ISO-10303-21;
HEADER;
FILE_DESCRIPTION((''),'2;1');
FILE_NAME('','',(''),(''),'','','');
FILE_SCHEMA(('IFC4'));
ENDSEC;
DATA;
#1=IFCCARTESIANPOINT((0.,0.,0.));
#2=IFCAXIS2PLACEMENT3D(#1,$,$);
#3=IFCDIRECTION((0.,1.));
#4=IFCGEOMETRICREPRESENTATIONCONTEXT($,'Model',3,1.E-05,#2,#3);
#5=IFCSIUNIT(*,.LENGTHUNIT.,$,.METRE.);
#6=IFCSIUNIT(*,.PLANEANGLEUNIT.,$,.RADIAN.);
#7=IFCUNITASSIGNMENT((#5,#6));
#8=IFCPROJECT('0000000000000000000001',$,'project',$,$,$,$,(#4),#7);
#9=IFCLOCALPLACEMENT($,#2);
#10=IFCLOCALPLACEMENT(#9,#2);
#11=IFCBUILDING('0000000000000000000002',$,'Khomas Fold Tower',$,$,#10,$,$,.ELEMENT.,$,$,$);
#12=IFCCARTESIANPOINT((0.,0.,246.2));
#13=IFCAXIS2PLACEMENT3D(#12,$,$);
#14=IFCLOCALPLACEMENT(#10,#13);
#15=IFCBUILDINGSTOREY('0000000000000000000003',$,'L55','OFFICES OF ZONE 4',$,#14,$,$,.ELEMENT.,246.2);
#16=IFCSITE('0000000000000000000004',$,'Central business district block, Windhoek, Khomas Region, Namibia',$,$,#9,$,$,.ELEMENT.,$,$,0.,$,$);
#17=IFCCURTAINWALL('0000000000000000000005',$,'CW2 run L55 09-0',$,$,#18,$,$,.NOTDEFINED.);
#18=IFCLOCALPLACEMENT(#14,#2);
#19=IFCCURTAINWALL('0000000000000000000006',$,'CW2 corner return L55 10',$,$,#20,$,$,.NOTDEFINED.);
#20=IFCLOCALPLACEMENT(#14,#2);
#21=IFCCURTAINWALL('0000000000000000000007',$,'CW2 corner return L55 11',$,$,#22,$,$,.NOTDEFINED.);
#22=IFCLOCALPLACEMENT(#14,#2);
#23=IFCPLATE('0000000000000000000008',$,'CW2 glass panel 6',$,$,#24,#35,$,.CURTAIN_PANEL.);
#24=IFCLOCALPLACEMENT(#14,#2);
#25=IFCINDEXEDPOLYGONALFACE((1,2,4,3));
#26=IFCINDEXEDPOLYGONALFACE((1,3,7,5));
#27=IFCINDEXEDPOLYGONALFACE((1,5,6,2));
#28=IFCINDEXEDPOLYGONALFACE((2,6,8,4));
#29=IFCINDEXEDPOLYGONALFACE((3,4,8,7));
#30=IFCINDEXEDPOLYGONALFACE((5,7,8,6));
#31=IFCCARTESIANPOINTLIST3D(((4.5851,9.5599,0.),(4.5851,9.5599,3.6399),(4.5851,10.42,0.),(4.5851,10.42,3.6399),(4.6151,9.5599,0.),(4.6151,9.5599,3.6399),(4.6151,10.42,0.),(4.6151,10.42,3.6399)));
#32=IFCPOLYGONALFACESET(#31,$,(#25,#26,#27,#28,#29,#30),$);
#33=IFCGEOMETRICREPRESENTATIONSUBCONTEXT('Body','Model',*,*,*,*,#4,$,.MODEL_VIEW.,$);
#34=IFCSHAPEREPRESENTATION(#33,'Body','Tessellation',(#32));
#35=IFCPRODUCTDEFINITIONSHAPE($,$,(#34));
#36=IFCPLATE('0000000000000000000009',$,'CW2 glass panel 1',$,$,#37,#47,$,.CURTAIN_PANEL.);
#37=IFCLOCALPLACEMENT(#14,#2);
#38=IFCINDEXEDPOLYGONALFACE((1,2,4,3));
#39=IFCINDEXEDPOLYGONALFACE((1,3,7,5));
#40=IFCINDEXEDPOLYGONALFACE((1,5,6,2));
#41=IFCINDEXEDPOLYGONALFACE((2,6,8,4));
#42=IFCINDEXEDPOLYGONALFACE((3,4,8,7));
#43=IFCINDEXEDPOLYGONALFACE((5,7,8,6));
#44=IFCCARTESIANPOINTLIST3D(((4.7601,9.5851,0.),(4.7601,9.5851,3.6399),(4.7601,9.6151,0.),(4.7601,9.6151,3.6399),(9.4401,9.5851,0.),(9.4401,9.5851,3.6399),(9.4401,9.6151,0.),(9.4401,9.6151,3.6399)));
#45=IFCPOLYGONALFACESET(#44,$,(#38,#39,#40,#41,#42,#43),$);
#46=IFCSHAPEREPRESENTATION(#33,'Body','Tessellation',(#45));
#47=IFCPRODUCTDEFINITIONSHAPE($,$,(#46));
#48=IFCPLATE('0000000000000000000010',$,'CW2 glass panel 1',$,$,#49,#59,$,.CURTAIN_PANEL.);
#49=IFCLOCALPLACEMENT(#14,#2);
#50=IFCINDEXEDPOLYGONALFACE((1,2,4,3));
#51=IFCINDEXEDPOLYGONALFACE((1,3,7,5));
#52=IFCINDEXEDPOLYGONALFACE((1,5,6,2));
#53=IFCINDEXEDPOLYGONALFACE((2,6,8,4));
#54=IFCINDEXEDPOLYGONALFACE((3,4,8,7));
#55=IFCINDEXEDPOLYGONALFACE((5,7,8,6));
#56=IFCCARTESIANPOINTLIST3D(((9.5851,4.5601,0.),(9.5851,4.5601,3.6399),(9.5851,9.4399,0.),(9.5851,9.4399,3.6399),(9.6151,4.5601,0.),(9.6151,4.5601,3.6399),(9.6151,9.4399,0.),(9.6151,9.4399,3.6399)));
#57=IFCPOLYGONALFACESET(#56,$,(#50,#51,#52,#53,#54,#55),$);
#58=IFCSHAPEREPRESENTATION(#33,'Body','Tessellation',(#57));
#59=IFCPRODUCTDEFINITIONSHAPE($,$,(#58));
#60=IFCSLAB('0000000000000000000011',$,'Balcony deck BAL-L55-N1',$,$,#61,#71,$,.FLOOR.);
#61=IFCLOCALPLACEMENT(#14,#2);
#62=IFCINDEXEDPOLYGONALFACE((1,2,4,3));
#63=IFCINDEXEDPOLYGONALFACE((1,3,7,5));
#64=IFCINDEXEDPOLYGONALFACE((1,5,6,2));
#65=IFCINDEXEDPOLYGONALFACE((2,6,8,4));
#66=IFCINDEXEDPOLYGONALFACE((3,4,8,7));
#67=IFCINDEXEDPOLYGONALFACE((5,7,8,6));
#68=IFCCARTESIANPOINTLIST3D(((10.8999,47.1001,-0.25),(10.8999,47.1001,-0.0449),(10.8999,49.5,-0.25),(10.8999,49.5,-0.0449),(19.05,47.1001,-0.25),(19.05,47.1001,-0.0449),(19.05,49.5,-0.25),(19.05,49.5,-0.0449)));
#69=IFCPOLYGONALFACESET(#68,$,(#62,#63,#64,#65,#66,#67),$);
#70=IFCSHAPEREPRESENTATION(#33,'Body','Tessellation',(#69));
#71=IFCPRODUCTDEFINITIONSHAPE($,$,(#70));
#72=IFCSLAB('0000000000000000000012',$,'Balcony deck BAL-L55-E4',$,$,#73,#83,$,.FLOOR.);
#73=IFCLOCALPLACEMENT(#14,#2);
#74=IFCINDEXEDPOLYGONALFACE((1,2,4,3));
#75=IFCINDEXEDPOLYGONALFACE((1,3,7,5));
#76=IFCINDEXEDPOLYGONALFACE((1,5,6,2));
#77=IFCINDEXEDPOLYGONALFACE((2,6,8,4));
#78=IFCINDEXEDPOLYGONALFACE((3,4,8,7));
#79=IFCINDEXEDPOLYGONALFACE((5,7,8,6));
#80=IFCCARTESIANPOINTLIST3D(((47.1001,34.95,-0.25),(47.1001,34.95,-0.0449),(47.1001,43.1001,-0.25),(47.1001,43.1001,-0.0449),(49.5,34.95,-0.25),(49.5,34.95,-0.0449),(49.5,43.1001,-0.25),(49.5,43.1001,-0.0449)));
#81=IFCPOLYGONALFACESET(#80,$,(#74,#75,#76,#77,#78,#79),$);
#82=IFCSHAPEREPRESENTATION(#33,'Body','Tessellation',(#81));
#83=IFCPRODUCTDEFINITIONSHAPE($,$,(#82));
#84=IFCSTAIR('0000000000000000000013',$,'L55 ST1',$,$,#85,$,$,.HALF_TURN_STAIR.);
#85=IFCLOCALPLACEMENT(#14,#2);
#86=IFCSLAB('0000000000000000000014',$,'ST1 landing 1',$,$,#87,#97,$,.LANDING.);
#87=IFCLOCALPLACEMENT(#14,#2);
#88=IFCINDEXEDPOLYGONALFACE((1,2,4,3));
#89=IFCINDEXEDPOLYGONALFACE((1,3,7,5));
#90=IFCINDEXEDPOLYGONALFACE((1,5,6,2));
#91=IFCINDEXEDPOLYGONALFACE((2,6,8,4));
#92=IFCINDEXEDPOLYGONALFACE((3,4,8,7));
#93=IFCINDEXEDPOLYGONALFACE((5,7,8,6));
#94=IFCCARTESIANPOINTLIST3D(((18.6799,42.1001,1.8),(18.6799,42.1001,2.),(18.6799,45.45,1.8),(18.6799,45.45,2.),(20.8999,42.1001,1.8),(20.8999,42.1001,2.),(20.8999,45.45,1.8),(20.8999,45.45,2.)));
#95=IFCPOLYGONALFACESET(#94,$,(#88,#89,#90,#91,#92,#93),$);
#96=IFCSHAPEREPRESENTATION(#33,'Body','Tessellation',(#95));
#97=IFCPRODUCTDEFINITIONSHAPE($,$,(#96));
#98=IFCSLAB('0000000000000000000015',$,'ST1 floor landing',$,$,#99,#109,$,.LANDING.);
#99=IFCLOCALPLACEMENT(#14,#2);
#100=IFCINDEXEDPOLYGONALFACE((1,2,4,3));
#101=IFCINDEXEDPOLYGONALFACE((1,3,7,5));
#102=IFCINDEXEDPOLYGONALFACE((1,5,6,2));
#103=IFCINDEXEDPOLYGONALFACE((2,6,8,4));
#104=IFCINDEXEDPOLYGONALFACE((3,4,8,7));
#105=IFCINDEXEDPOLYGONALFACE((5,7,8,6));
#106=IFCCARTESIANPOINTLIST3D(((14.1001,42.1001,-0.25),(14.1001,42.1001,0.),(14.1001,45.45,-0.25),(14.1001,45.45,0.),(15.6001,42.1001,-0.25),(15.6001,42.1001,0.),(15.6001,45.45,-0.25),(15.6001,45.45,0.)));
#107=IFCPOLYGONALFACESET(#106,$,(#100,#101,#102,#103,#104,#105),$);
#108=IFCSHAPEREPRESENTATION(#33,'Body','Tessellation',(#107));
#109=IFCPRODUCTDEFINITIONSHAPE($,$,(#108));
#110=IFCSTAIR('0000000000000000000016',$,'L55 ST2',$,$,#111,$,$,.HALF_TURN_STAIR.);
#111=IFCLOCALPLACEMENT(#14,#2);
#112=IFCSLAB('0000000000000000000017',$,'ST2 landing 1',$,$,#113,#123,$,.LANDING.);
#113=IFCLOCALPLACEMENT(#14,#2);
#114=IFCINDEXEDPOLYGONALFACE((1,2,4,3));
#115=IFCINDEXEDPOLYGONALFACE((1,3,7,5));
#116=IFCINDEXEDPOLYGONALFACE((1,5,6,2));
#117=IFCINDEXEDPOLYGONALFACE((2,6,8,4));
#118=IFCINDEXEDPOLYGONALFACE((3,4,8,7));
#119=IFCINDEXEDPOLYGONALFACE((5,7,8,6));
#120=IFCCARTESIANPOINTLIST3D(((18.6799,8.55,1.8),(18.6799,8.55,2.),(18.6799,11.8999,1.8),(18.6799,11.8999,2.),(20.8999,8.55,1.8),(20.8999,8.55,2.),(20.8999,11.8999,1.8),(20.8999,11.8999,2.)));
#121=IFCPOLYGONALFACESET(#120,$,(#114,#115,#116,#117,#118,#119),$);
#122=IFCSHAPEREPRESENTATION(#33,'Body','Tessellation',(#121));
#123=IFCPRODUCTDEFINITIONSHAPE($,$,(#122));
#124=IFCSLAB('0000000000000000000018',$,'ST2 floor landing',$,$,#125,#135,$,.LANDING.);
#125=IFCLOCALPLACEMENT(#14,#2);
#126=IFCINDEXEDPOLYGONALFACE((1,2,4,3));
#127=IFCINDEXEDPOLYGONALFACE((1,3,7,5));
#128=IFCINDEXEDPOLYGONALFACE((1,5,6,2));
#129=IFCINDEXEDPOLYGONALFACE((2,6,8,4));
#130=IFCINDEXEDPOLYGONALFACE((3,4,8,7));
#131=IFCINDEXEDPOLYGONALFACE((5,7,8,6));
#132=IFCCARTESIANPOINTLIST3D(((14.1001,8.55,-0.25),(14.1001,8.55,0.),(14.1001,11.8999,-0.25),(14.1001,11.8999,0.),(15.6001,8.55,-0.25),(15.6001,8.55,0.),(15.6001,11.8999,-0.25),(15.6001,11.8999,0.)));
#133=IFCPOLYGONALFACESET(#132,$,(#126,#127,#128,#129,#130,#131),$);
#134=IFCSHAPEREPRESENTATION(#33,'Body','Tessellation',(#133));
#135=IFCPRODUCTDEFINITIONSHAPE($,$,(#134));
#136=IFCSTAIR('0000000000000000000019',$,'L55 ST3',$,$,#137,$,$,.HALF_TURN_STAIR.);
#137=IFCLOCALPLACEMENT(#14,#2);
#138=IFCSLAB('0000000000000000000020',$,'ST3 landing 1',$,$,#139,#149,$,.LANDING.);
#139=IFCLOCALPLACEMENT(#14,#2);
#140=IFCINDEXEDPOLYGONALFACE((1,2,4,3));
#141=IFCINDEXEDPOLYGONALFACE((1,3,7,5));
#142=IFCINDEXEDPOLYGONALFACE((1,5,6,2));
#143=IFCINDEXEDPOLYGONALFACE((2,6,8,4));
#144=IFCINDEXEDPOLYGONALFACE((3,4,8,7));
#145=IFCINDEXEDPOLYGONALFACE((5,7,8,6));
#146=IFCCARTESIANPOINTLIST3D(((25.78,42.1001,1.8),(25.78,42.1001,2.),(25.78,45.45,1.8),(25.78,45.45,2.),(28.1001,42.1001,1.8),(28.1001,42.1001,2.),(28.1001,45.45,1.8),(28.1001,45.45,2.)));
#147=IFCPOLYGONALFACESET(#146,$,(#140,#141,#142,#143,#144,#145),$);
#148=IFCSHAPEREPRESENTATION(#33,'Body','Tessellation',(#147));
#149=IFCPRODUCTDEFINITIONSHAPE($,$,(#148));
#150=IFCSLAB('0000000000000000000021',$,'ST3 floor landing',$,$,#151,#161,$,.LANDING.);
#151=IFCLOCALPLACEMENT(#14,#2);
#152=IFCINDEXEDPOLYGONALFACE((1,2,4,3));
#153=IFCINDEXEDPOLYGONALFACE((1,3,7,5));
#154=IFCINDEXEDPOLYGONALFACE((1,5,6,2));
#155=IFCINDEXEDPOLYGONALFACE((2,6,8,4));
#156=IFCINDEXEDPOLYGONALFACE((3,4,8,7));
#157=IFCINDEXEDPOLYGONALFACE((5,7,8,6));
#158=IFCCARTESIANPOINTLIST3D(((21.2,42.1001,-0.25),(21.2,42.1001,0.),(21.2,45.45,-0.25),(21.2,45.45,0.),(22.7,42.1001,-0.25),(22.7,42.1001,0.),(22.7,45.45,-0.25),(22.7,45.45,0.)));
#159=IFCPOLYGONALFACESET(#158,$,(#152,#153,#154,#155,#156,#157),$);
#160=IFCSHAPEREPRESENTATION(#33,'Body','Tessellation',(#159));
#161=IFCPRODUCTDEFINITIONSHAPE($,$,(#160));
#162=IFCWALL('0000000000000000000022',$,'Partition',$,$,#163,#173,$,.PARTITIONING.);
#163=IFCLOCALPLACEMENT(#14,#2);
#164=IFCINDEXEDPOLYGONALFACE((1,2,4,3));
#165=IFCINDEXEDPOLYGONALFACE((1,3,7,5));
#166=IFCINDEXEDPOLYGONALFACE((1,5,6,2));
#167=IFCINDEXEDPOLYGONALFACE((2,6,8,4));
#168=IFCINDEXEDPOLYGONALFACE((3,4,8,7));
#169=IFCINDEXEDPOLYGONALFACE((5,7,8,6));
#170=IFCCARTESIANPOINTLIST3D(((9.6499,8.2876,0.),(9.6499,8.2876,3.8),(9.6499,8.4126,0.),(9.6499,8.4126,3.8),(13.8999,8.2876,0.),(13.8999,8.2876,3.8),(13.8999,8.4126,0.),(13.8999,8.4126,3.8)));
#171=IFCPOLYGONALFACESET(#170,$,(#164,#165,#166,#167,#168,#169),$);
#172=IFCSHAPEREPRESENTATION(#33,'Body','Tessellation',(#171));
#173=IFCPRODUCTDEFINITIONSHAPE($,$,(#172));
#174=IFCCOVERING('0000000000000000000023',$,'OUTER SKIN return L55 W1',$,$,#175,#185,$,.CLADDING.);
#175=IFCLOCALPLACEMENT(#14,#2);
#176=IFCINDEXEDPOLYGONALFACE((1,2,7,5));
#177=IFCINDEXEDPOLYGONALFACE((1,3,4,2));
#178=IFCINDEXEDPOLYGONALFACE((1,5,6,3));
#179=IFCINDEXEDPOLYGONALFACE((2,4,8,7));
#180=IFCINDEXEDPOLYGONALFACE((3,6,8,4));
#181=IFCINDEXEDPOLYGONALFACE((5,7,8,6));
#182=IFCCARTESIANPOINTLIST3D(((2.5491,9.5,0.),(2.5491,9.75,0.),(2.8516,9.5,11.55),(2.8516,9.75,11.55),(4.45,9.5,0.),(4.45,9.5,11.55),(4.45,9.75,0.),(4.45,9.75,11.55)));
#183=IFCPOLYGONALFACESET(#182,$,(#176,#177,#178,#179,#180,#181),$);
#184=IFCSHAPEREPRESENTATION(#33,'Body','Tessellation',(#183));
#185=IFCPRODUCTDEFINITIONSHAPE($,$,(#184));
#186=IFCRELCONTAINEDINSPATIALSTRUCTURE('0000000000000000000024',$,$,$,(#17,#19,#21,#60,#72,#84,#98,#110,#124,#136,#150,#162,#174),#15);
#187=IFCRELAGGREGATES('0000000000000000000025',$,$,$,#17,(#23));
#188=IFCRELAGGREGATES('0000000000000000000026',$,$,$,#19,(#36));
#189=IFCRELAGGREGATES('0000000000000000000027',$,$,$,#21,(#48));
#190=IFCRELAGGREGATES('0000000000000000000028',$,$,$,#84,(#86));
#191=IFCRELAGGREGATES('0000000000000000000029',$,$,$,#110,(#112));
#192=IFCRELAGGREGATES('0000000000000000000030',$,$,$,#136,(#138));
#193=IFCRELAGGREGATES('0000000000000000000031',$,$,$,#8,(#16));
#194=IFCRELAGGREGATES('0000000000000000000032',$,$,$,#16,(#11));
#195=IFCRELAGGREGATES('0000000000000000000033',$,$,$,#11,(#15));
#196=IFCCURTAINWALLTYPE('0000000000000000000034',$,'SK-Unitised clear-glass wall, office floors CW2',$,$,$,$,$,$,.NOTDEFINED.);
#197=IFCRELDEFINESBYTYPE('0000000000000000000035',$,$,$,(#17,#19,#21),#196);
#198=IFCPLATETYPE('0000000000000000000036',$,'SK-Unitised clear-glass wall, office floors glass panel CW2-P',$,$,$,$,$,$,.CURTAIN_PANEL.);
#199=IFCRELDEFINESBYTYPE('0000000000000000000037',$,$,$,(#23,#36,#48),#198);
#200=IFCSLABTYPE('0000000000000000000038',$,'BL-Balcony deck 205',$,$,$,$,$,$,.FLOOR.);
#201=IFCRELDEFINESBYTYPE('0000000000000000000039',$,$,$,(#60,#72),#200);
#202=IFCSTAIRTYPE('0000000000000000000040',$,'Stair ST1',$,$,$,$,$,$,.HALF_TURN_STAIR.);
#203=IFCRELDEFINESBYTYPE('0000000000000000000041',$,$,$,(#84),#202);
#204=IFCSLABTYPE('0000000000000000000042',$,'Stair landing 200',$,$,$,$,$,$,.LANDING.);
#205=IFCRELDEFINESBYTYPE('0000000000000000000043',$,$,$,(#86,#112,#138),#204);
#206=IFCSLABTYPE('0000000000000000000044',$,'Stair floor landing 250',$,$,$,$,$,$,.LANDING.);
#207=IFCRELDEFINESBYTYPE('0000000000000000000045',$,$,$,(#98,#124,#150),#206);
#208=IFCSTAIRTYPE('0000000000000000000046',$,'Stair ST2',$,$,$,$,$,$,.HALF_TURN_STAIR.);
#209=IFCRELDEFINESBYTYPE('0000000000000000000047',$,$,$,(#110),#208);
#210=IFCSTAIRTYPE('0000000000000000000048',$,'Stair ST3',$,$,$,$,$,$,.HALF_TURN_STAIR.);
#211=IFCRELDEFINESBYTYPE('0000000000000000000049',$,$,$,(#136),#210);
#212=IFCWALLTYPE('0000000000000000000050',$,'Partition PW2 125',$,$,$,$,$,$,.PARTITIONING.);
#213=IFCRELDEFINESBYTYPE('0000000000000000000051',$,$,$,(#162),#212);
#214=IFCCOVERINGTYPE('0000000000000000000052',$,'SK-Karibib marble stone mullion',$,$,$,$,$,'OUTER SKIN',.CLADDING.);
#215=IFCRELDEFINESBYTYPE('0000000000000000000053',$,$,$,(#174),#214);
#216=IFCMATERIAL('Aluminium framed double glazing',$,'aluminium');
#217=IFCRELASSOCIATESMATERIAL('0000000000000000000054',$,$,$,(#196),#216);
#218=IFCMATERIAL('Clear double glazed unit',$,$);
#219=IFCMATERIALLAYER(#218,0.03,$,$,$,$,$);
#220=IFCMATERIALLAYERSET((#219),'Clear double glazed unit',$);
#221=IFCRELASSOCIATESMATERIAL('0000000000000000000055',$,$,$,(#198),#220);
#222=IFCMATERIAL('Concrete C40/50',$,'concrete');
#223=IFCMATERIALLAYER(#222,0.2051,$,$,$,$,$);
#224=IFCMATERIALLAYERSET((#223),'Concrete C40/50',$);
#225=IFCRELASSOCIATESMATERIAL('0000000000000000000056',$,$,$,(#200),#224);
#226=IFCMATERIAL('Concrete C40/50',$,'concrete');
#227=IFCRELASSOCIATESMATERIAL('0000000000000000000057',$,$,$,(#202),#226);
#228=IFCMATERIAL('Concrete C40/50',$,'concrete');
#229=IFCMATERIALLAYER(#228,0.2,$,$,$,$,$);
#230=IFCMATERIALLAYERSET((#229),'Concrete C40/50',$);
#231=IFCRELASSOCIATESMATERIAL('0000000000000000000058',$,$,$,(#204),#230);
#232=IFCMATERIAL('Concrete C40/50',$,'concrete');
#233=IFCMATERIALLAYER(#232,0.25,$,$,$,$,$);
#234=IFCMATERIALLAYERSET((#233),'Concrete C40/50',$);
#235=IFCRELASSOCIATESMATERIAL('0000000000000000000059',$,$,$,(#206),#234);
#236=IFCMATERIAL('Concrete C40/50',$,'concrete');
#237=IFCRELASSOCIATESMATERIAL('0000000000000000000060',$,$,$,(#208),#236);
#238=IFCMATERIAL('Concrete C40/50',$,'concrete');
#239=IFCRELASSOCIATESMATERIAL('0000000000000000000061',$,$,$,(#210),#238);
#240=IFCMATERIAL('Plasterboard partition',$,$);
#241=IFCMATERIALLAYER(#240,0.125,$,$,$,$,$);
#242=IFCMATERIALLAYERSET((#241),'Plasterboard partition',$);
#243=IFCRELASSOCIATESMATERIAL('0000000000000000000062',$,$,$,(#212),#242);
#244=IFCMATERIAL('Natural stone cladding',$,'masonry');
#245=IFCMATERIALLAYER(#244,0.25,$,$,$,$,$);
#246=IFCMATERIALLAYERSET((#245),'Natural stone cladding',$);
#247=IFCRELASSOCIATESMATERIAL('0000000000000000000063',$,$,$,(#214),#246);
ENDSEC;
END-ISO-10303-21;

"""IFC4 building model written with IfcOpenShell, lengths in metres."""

from ifc_helpers import new_model, si_unit, direction, frame, frame_2d, origin, origin_2d, place, context, subcontext, project, spatial, polyline, rectangle, outline, extrude, source, transform, mapped, material, layer, layer_set, type_object, element, aggregate, save


model = new_model("IFC4")

# Units and contexts
model_context = context("Model", 3, precision=1e-05, world=origin(), true_north=direction((0.0, 1.0)))
body_context = subcontext(model_context, "Body", "Model", "MODEL_VIEW")
ifc_project = project(units=[si_unit("LENGTHUNIT", "METRE"), si_unit("PLANEANGLEUNIT", "RADIAN")], contexts=[model_context])

# Site, building, storey
site_placement = place(None, origin())
site = spatial("IfcSite", under=ifc_project, at=site_placement, Name="Central business district block, Windhoek, Khomas Region, Namibia", CompositionType="ELEMENT", RefElevation=0.0)
building_placement = place(site_placement, origin())
building = spatial("IfcBuilding", under=site, at=building_placement, Name="Khomas Fold Tower", CompositionType="ELEMENT")
storey_placement = place(building_placement, frame((0.0, 0.0, 246.2)))
storey = spatial("IfcBuildingStorey", under=building, at=storey_placement, Name="L55", Description="OFFICES OF ZONE 4", CompositionType="ELEMENT", Elevation=246.2)

# Curtain wall
ifc_material_1 = material(Name="Aluminium framed double glazing", Category="aluminium")
curtain_wall_type = type_object("IfcCurtainWallType", Name="SK-Unitised clear-glass wall, office floors CW2", PredefinedType="NOTDEFINED", material=ifc_material_1)
curtain_wall_1_placement = place(storey_placement, origin())
curtain_wall_1 = element("IfcCurtainWall", 1, at=curtain_wall_1_placement, inside=storey, type_object=curtain_wall_type, Name="CW2 run L55 09-0", PredefinedType="NOTDEFINED")

# Curtain walls
curtain_wall_2_placement = place(storey_placement, origin())
curtain_wall_2 = element("IfcCurtainWall", 2, at=curtain_wall_2_placement, inside=storey, type_object=curtain_wall_type, Name="CW2 corner return L55 10", PredefinedType="NOTDEFINED")
curtain_wall_3_placement = place(storey_placement, origin())
curtain_wall_3 = element("IfcCurtainWall", 3, at=curtain_wall_3_placement, inside=storey, type_object=curtain_wall_type, Name="CW2 corner return L55 11", PredefinedType="NOTDEFINED")

# Plates
ifc_material_2 = material(Name="Clear double glazed unit")
ifc_layer_1 = layer(ifc_material_2, 0.03)
ifc_layer_set_1 = layer_set([ifc_layer_1], Name="Clear double glazed unit")
plate_type_1 = type_object("IfcPlateType", Name="SK-Unitised clear-glass wall, office floors glass panel CW2-P", PredefinedType="CURTAIN_PANEL", material=ifc_layer_set_1)
shared_shape_1 = source(origin(), body_context, "Body", "SweptSolid", [
    extrude(rectangle(XDim=0.8601, YDim=0.03, at=origin_2d()), origin(), (0.0, 0.0, 1.0), 3.6399),
])
plate_1_placement = place(storey_placement, frame((4.6001, 9.99, 0.0), z_axis=(0.0, 0.0, 1.0), x_axis=(0.0, -1.0, 0.0)))
plate_1 = element("IfcPlate", 4, at=plate_1_placement, type_object=plate_type_1, Name="CW2 glass panel 6", PredefinedType="CURTAIN_PANEL", context=body_context, shape_type="MappedRepresentation", body=[
    mapped(shared_shape_1, transform((0.0, 0.0, 0.0))),
])
aggregate(curtain_wall_1, [plate_1])
shared_shape_2 = source(origin(), body_context, "Body", "SweptSolid", [
    extrude(rectangle(XDim=4.6799, YDim=0.03, at=origin_2d()), origin(), (0.0, 0.0, 1.0), 3.6399),
])
plate_2_placement = place(storey_placement, frame((7.1001, 9.6001, 0.0), z_axis=(0.0, 0.0, 1.0), x_axis=(1.0, 0.0, 0.0)))
plate_2 = element("IfcPlate", 5, at=plate_2_placement, type_object=plate_type_1, Name="CW2 glass panel 1", PredefinedType="CURTAIN_PANEL", context=body_context, shape_type="MappedRepresentation", body=[
    mapped(shared_shape_2, transform((0.0, 0.0, 0.0))),
])
aggregate(curtain_wall_2, [plate_2])
shared_shape_3 = source(origin(), body_context, "Body", "SweptSolid", [
    extrude(rectangle(XDim=4.8799, YDim=0.03, at=origin_2d()), origin(), (0.0, 0.0, 1.0), 3.6399),
])
plate_3_placement = place(storey_placement, frame((9.6001, 7.0, 0.0), z_axis=(0.0, 0.0, 1.0), x_axis=(0.0, -1.0, 0.0)))
plate_3 = element("IfcPlate", 6, at=plate_3_placement, type_object=plate_type_1, Name="CW2 glass panel 1", PredefinedType="CURTAIN_PANEL", context=body_context, shape_type="MappedRepresentation", body=[
    mapped(shared_shape_3, transform((0.0, 0.0, 0.0))),
])
aggregate(curtain_wall_3, [plate_3])

# Slabs
ifc_material_3 = material(Name="Concrete C40/50", Category="concrete")
ifc_layer_2 = layer(ifc_material_3, 0.2051)
ifc_layer_set_2 = layer_set([ifc_layer_2], Name="Concrete C40/50")
slab_type_1 = type_object("IfcSlabType", Name="BL-Balcony deck 205", PredefinedType="FLOOR", material=ifc_layer_set_2)
shared_shape_4 = source(origin(), body_context, "Body", "SweptSolid", [
    extrude(outline(polyline([(10.8999, 47.1001), (19.05, 47.1001), (19.05, 49.5), (10.8999, 49.5), (10.8999, 47.1001)])), origin(), (0.0, 0.0, 1.0), 0.2051),
])
slab_1_placement = place(storey_placement, frame((0.0, 0.0, -0.25)))
element("IfcSlab", 7, at=slab_1_placement, inside=storey, type_object=slab_type_1, Name="Balcony deck BAL-L55-N1", PredefinedType="FLOOR", context=body_context, shape_type="MappedRepresentation", body=[
    mapped(shared_shape_4, transform((0.0, 0.0, 0.0))),
])
shared_shape_5 = source(origin(), body_context, "Body", "SweptSolid", [
    extrude(outline(polyline([(47.1001, 34.95), (49.5, 34.95), (49.5, 43.1001), (47.1001, 43.1001), (47.1001, 34.95)])), origin(), (0.0, 0.0, 1.0), 0.2051),
])
slab_2_placement = place(storey_placement, frame((0.0, 0.0, -0.25)))
element("IfcSlab", 8, at=slab_2_placement, inside=storey, type_object=slab_type_1, Name="Balcony deck BAL-L55-E4", PredefinedType="FLOOR", context=body_context, shape_type="MappedRepresentation", body=[
    mapped(shared_shape_5, transform((0.0, 0.0, 0.0))),
])

# Stair, slab
ifc_material_4 = material(Name="Concrete C40/50", Category="concrete")
stair_type_1 = type_object("IfcStairType", Name="Stair ST1", PredefinedType="HALF_TURN_STAIR", material=ifc_material_4)
stair_1_placement = place(storey_placement, origin())
stair_1 = element("IfcStair", 9, at=stair_1_placement, inside=storey, type_object=stair_type_1, Name="L55 ST1", PredefinedType="HALF_TURN_STAIR")
ifc_material_5 = material(Name="Concrete C40/50", Category="concrete")
ifc_layer_3 = layer(ifc_material_5, 0.2)
ifc_layer_set_3 = layer_set([ifc_layer_3], Name="Concrete C40/50")
slab_type_2 = type_object("IfcSlabType", Name="Stair landing 200", PredefinedType="LANDING", material=ifc_layer_set_3)
shared_shape_6 = source(origin(), body_context, "Body", "SweptSolid", [
    extrude(outline(polyline([(18.6799, 42.1001), (20.8999, 42.1001), (20.8999, 45.45), (18.6799, 45.45), (18.6799, 42.1001)])), origin(), (0.0, 0.0, 1.0), 0.2),
])
slab_3_placement = place(storey_placement, frame((0.0, 0.0, 1.8)))
slab_3 = element("IfcSlab", 10, at=slab_3_placement, type_object=slab_type_2, Name="ST1 landing 1", PredefinedType="LANDING", context=body_context, shape_type="MappedRepresentation", body=[
    mapped(shared_shape_6, transform((0.0, 0.0, 0.0))),
])
aggregate(stair_1, [slab_3])

# Slab
ifc_material_6 = material(Name="Concrete C40/50", Category="concrete")
ifc_layer_4 = layer(ifc_material_6, 0.25)
ifc_layer_set_4 = layer_set([ifc_layer_4], Name="Concrete C40/50")
slab_type_3 = type_object("IfcSlabType", Name="Stair floor landing 250", PredefinedType="LANDING", material=ifc_layer_set_4)
shared_shape_7 = source(origin(), body_context, "Body", "SweptSolid", [
    extrude(outline(polyline([(15.6001, 42.1001), (14.1001, 42.1001), (14.1001, 45.45), (15.6001, 45.45), (15.6001, 42.1001)])), origin(), (0.0, 0.0, 1.0), 0.25),
])
slab_4_placement = place(storey_placement, frame((0.0, 0.0, -0.25)))
element("IfcSlab", 11, at=slab_4_placement, inside=storey, type_object=slab_type_3, Name="ST1 floor landing", PredefinedType="LANDING", context=body_context, shape_type="MappedRepresentation", body=[
    mapped(shared_shape_7, transform((0.0, 0.0, 0.0))),
])

# Stair, slab
ifc_material_7 = material(Name="Concrete C40/50", Category="concrete")
stair_type_2 = type_object("IfcStairType", Name="Stair ST2", PredefinedType="HALF_TURN_STAIR", material=ifc_material_7)
stair_2_placement = place(storey_placement, origin())
stair_2 = element("IfcStair", 12, at=stair_2_placement, inside=storey, type_object=stair_type_2, Name="L55 ST2", PredefinedType="HALF_TURN_STAIR")
shared_shape_8 = source(origin(), body_context, "Body", "SweptSolid", [
    extrude(outline(polyline([(18.6799, 8.55), (20.8999, 8.55), (20.8999, 11.8999), (18.6799, 11.8999), (18.6799, 8.55)])), origin(), (0.0, 0.0, 1.0), 0.2),
])
slab_5_placement = place(storey_placement, frame((0.0, 0.0, 1.8)))
slab_5 = element("IfcSlab", 13, at=slab_5_placement, type_object=slab_type_2, Name="ST2 landing 1", PredefinedType="LANDING", context=body_context, shape_type="MappedRepresentation", body=[
    mapped(shared_shape_8, transform((0.0, 0.0, 0.0))),
])
aggregate(stair_2, [slab_5])

# Slab
shared_shape_9 = source(origin(), body_context, "Body", "SweptSolid", [
    extrude(outline(polyline([(15.6001, 8.55), (14.1001, 8.55), (14.1001, 11.8999), (15.6001, 11.8999), (15.6001, 8.55)])), origin(), (0.0, 0.0, 1.0), 0.25),
])
slab_6_placement = place(storey_placement, frame((0.0, 0.0, -0.25)))
element("IfcSlab", 14, at=slab_6_placement, inside=storey, type_object=slab_type_3, Name="ST2 floor landing", PredefinedType="LANDING", context=body_context, shape_type="MappedRepresentation", body=[
    mapped(shared_shape_9, transform((0.0, 0.0, 0.0))),
])

# Stair, slab
ifc_material_8 = material(Name="Concrete C40/50", Category="concrete")
stair_type_3 = type_object("IfcStairType", Name="Stair ST3", PredefinedType="HALF_TURN_STAIR", material=ifc_material_8)
stair_3_placement = place(storey_placement, origin())
stair_3 = element("IfcStair", 15, at=stair_3_placement, inside=storey, type_object=stair_type_3, Name="L55 ST3", PredefinedType="HALF_TURN_STAIR")
shared_shape_10 = source(origin(), body_context, "Body", "SweptSolid", [
    extrude(outline(polyline([(25.78, 42.1001), (28.1001, 42.1001), (28.1001, 45.45), (25.78, 45.45), (25.78, 42.1001)])), origin(), (0.0, 0.0, 1.0), 0.2),
])
slab_7_placement = place(storey_placement, frame((0.0, 0.0, 1.8)))
slab_7 = element("IfcSlab", 16, at=slab_7_placement, type_object=slab_type_2, Name="ST3 landing 1", PredefinedType="LANDING", context=body_context, shape_type="MappedRepresentation", body=[
    mapped(shared_shape_10, transform((0.0, 0.0, 0.0))),
])
aggregate(stair_3, [slab_7])

# Slab
shared_shape_11 = source(origin(), body_context, "Body", "SweptSolid", [
    extrude(outline(polyline([(22.7, 42.1001), (21.2, 42.1001), (21.2, 45.45), (22.7, 45.45), (22.7, 42.1001)])), origin(), (0.0, 0.0, 1.0), 0.25),
])
slab_8_placement = place(storey_placement, frame((0.0, 0.0, -0.25)))
element("IfcSlab", 17, at=slab_8_placement, inside=storey, type_object=slab_type_3, Name="ST3 floor landing", PredefinedType="LANDING", context=body_context, shape_type="MappedRepresentation", body=[
    mapped(shared_shape_11, transform((0.0, 0.0, 0.0))),
])

# Wall
ifc_material_9 = material(Name="Plasterboard partition")
ifc_layer_5 = layer(ifc_material_9, 0.125)
ifc_layer_set_5 = layer_set([ifc_layer_5], Name="Plasterboard partition")
wall_type = type_object("IfcWallType", Name="Partition PW2 125", PredefinedType="PARTITIONING", material=ifc_layer_set_5)
shared_shape_12 = source(origin(), body_context, "Body", "SweptSolid", [
    extrude(rectangle(XDim=4.25, YDim=0.125, at=frame_2d((2.125, 0.0))), origin(), (0.0, 0.0, 1.0), 3.8),
])
wall_placement = place(storey_placement, frame((9.6499, 8.3501, 0.0), z_axis=(0.0, 0.0, 1.0), x_axis=(1.0, 0.0, 0.0)))
element("IfcWall", 18, at=wall_placement, inside=storey, type_object=wall_type, Name="Partition", PredefinedType="PARTITIONING", context=body_context, shape_type="MappedRepresentation", body=[
    mapped(shared_shape_12, transform((0.0, 0.0, 0.0))),
])

# Covering
ifc_material_10 = material(Name="Natural stone cladding", Category="masonry")
ifc_layer_6 = layer(ifc_material_10, 0.25)
ifc_layer_set_6 = layer_set([ifc_layer_6], Name="Natural stone cladding")
covering_type = type_object("IfcCoveringType", Name="SK-Karibib marble stone mullion", ElementType="OUTER SKIN", PredefinedType="CLADDING", material=ifc_layer_set_6)
covering_placement = place(storey_placement, frame((4.45, 9.5, 11.55), z_axis=(0.0, -1.0, 0.0), x_axis=(-1.0, 0.0, 0.0)))
element("IfcCovering", 19, at=covering_placement, inside=storey, type_object=covering_type, Name="OUTER SKIN return L55 W1", PredefinedType="CLADDING", context=body_context, shape_type="SweptSolid", body=[
    extrude(outline(polyline([(0.0, 0.0), (1.5984, 0.0), (1.9009, 11.55), (0.0, 11.55), (0.0, 0.0)])), origin(), (0.0, 0.0, -1.0), 0.25),
])

save(model, "model.ifc")
